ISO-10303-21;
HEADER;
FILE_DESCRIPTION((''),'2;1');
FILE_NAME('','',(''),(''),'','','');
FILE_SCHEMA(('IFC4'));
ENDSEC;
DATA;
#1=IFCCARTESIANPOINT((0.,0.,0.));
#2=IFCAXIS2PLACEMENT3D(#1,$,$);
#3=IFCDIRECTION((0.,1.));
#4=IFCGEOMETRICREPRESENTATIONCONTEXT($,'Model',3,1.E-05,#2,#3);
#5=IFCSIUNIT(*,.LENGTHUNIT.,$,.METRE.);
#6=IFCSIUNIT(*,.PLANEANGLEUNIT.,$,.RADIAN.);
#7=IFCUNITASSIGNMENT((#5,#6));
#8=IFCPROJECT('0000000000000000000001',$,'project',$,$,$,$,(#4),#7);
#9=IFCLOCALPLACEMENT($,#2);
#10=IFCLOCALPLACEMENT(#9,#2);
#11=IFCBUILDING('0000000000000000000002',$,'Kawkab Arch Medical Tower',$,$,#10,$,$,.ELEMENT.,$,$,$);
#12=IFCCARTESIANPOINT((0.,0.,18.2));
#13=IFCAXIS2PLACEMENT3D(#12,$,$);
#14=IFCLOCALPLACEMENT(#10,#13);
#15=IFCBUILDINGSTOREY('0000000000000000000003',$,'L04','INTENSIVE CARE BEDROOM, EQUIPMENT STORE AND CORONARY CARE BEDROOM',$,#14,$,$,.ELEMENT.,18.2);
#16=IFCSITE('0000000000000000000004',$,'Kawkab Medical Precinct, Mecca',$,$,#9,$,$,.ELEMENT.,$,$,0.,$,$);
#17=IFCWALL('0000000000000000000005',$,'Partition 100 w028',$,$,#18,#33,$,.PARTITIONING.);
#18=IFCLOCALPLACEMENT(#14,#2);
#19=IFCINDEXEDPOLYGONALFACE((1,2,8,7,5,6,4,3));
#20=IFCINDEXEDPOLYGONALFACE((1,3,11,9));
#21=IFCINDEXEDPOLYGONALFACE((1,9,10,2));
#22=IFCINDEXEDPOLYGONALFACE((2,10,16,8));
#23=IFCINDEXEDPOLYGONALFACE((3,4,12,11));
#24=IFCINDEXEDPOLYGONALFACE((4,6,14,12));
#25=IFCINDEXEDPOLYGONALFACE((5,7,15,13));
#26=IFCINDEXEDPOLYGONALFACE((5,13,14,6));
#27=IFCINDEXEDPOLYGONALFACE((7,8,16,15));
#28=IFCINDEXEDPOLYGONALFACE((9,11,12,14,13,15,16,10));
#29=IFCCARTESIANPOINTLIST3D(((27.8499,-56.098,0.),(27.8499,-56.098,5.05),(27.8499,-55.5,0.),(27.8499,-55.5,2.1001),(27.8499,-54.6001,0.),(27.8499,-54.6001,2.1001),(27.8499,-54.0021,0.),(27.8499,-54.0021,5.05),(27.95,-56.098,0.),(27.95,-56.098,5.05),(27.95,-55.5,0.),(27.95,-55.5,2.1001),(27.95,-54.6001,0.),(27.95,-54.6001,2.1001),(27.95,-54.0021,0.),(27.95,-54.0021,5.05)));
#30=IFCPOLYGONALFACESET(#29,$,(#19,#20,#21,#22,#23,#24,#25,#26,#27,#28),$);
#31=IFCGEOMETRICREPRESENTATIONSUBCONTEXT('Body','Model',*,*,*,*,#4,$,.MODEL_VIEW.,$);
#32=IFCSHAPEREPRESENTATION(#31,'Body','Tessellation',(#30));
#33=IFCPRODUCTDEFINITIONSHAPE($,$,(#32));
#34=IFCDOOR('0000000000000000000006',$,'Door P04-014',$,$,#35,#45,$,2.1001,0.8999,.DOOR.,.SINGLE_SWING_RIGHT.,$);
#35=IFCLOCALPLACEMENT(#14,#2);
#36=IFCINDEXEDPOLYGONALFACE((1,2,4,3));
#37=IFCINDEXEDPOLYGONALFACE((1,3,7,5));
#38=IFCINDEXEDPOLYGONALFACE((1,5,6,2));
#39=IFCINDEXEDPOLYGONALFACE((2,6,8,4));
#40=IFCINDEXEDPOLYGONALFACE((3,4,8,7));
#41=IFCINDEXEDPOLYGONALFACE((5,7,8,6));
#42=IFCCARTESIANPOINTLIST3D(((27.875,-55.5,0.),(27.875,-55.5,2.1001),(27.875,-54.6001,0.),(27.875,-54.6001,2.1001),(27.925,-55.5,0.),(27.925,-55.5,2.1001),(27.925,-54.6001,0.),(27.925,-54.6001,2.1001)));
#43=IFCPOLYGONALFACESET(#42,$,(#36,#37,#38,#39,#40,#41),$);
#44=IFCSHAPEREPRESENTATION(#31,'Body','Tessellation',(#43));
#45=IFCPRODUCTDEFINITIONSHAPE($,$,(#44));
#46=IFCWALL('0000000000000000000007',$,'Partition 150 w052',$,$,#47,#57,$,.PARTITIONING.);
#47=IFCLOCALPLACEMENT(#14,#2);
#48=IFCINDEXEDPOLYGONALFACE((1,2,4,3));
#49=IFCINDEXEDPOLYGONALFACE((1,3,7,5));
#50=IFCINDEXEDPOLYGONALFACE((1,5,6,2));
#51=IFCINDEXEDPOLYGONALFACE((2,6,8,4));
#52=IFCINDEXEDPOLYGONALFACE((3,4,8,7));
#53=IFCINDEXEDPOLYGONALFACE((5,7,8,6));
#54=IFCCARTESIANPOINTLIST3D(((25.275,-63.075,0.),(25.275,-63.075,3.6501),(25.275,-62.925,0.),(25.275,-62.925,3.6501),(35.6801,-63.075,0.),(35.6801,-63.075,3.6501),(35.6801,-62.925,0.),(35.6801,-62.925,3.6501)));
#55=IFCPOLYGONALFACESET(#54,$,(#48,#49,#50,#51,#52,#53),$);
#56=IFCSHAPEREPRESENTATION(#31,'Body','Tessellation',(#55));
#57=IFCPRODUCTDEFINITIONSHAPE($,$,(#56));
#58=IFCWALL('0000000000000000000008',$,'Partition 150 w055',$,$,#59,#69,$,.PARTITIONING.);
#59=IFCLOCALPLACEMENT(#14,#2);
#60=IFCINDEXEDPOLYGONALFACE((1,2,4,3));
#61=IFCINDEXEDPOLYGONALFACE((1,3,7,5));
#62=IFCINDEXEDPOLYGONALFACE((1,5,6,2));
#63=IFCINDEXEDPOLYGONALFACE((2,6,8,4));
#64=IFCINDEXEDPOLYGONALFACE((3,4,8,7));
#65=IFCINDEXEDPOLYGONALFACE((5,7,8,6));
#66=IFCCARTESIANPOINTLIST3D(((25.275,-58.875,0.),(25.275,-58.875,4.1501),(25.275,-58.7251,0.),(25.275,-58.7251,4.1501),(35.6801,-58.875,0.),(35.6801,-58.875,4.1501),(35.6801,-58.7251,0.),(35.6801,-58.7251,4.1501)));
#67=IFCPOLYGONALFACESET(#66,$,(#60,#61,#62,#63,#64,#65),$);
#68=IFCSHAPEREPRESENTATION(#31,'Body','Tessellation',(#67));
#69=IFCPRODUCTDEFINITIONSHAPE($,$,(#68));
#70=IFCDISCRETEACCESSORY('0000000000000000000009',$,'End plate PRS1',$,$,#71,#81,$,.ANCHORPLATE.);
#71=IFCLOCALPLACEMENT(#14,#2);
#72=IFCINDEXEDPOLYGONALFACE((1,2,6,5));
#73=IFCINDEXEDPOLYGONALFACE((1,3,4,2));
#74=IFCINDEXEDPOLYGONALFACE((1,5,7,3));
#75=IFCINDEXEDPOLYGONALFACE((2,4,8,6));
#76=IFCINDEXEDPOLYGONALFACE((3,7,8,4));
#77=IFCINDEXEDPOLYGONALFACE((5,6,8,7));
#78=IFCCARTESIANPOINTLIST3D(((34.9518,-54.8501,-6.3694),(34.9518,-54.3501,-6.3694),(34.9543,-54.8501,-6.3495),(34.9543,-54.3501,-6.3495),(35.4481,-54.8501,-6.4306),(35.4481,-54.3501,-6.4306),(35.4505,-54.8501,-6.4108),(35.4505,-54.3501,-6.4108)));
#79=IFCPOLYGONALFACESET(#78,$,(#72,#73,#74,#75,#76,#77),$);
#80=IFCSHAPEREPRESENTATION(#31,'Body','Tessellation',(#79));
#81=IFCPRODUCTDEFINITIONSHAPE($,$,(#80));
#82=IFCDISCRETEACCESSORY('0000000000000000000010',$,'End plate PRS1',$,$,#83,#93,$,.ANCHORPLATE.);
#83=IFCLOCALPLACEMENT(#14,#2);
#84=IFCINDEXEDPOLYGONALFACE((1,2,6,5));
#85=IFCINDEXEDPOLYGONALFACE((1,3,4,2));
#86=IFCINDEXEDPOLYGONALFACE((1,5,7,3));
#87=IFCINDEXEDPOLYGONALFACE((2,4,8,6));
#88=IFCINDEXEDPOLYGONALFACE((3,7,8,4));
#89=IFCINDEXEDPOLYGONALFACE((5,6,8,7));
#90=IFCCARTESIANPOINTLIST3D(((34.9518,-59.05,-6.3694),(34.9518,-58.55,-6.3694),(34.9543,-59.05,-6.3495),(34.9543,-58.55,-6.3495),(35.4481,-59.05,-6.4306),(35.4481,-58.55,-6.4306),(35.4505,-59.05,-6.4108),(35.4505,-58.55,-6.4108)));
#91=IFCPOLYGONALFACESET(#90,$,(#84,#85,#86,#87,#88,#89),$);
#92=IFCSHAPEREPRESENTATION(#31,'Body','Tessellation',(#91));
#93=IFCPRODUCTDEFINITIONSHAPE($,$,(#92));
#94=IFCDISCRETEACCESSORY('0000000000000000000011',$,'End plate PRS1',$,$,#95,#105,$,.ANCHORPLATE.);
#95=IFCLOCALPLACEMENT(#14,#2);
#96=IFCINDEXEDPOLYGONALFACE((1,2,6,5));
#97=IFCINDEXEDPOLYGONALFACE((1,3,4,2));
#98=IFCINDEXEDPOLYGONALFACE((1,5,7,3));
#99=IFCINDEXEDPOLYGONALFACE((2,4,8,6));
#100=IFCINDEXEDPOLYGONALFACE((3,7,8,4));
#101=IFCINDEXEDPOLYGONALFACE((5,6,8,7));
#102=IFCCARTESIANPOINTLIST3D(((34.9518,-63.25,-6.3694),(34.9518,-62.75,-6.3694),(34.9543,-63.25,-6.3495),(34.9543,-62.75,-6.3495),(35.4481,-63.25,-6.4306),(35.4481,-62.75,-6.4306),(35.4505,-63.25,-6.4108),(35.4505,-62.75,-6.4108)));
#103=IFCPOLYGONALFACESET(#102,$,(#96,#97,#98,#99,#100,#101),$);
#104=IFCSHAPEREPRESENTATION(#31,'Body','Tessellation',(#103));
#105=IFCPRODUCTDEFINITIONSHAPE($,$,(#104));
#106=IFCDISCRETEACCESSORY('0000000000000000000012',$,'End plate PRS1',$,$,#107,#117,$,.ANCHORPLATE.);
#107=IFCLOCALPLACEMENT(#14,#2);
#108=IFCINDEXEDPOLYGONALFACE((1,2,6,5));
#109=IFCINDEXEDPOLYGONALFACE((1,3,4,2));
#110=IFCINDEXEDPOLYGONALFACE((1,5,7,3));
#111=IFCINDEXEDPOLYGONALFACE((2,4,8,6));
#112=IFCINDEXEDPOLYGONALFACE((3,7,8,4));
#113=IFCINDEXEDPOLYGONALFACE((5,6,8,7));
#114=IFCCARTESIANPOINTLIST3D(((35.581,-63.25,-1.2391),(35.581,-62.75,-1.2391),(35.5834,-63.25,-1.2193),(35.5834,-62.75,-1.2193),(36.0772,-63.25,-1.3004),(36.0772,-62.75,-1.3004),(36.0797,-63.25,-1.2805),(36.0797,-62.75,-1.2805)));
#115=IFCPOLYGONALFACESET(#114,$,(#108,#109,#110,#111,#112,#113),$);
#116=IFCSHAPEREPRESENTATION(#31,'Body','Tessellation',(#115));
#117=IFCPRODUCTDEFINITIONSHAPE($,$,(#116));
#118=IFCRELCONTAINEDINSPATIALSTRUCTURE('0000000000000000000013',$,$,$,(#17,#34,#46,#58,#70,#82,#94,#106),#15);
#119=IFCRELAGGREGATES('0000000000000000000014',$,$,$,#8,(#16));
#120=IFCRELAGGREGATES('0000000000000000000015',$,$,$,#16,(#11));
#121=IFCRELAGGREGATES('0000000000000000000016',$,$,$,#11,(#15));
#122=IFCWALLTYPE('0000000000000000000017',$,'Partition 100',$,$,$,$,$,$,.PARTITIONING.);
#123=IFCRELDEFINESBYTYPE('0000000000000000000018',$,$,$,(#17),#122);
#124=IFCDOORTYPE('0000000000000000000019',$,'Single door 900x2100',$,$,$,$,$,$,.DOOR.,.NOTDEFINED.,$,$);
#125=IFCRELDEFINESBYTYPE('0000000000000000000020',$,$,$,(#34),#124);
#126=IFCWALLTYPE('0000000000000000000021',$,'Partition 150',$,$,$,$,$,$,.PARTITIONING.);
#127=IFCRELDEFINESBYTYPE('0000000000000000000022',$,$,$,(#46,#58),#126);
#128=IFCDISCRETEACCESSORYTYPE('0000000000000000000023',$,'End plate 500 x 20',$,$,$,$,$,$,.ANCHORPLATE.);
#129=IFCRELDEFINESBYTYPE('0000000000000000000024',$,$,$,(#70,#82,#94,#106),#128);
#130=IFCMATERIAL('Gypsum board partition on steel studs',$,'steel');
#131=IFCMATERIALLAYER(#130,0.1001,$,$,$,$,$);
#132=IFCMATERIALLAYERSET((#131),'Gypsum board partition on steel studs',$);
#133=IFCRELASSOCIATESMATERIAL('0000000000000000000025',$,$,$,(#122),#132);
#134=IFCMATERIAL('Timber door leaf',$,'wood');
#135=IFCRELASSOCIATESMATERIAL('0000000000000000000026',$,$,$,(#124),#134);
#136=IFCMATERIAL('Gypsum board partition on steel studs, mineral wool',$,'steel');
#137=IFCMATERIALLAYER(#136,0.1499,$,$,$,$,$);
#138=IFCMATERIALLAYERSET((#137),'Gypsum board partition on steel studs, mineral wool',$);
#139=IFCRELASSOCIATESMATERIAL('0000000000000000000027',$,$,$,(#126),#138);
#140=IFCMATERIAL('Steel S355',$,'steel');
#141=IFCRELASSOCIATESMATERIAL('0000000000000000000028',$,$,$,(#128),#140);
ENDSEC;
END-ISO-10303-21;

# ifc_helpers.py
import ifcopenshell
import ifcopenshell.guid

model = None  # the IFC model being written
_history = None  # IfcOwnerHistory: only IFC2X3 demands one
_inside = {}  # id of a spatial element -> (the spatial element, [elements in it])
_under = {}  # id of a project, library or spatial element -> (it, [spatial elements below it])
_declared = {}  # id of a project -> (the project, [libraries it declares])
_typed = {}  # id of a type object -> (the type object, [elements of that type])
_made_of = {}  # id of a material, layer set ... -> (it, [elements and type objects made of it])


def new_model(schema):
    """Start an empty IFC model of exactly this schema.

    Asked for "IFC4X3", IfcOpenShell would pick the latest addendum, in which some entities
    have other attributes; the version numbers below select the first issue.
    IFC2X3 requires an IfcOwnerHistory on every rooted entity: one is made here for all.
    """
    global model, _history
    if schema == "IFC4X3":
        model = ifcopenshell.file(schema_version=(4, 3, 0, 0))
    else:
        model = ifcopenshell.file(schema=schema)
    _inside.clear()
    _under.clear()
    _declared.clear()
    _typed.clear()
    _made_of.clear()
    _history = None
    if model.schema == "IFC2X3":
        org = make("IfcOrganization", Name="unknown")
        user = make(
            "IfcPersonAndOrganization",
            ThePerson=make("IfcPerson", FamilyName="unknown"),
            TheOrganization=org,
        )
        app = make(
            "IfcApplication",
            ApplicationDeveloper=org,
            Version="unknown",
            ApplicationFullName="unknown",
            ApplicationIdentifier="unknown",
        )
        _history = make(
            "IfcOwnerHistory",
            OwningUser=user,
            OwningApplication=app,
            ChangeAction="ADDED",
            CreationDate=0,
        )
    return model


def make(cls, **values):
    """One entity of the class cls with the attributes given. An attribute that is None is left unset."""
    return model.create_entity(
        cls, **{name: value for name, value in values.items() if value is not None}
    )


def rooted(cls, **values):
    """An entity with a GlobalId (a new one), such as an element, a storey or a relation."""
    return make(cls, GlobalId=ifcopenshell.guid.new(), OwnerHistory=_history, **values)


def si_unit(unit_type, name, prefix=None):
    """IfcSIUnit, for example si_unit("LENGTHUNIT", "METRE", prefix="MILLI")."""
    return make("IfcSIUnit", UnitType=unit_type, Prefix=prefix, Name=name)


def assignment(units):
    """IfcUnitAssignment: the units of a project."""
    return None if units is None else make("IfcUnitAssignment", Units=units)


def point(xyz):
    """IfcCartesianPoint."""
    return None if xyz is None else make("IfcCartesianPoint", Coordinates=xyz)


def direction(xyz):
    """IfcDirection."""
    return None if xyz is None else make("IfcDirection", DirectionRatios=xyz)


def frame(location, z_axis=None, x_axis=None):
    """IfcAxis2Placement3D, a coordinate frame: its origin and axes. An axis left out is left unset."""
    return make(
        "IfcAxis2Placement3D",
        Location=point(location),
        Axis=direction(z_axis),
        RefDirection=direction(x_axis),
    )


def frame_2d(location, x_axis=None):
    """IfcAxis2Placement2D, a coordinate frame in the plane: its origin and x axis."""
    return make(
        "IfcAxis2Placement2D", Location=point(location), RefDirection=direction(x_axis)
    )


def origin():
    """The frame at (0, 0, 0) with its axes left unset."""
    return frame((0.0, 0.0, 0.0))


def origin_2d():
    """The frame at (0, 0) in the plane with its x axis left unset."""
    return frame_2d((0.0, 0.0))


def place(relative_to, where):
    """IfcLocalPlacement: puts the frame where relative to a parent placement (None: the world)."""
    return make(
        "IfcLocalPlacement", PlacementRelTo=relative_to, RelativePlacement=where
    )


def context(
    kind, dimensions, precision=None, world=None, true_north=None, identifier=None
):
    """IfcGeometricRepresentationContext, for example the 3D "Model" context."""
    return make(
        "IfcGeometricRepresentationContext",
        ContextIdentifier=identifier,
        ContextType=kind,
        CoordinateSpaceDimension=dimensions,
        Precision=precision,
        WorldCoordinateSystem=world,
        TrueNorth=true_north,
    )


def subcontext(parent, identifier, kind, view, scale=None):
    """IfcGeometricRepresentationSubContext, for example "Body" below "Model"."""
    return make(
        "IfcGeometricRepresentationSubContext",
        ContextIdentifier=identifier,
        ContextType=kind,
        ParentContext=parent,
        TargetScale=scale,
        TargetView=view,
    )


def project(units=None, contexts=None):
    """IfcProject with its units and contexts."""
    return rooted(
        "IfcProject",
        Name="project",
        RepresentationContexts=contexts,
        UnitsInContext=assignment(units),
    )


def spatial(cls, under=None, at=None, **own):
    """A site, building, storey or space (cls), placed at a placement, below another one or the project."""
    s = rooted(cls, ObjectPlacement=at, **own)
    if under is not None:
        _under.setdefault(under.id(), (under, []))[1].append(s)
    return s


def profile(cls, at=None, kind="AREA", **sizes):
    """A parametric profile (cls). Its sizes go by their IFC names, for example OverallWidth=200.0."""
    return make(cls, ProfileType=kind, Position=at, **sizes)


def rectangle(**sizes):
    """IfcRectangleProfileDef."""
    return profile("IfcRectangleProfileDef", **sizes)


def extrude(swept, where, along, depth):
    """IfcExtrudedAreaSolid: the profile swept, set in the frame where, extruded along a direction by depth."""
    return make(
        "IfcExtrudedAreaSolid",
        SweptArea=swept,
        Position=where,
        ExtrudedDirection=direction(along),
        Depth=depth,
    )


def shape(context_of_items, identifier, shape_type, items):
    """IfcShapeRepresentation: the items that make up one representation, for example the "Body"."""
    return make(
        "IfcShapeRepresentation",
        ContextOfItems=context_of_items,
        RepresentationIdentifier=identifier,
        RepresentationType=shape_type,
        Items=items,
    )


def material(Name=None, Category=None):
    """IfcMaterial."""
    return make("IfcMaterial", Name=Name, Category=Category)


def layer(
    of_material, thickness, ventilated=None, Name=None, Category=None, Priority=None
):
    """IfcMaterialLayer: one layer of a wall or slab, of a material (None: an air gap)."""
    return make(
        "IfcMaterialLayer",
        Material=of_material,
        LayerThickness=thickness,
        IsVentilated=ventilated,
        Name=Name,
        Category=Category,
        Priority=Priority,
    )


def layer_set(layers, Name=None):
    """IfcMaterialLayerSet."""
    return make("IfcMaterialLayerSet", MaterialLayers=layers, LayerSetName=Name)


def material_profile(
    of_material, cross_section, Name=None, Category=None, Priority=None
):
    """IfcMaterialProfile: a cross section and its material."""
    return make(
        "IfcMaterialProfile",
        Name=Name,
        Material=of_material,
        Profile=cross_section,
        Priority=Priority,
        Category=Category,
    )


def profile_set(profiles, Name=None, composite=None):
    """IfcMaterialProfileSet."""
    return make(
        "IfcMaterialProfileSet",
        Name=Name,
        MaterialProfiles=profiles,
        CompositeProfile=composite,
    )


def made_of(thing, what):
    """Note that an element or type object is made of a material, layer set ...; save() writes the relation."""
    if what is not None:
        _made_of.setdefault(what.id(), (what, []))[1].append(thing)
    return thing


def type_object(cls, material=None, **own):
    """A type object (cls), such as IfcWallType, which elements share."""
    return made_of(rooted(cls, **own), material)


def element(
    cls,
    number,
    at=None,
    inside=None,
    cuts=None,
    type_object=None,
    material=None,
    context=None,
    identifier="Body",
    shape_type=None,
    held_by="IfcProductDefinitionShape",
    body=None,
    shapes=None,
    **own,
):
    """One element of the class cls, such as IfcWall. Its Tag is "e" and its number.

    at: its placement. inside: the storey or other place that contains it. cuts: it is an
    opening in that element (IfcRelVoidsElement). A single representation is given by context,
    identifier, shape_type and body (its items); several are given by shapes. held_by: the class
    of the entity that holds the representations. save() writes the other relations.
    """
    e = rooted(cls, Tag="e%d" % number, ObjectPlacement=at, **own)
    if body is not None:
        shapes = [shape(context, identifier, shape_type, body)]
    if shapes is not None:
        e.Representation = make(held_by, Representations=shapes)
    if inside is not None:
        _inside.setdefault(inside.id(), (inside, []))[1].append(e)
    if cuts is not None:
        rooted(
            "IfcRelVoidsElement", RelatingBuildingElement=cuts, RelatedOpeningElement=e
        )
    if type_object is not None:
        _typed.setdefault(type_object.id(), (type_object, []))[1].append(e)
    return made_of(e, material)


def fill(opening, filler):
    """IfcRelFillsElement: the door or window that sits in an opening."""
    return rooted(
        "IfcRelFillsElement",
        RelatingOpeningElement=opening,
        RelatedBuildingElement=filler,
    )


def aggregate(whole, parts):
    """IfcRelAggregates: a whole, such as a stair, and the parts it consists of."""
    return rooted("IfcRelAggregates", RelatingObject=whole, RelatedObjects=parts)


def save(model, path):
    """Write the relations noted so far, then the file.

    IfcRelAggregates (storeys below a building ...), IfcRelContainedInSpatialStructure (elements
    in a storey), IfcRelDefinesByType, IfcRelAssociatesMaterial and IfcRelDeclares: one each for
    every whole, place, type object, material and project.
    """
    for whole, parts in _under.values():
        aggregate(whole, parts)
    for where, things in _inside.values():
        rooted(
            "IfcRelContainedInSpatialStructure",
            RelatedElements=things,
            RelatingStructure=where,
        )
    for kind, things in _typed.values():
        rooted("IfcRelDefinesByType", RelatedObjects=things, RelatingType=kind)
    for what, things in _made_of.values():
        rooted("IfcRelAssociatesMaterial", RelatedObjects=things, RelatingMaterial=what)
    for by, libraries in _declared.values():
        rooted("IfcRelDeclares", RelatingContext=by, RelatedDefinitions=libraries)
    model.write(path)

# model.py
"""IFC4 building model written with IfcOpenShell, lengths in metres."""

from ifc_helpers import new_model, si_unit, direction, frame, frame_2d, origin, origin_2d, place, context, subcontext, project, spatial, rectangle, extrude, material, layer, layer_set, material_profile, profile_set, type_object, element, fill, save


model = new_model("IFC4")

# Units and contexts
model_context = context("Model", 3, precision=1e-05, world=origin(), true_north=direction((0.0, 1.0)))
body_context = subcontext(model_context, "Body", "Model", "MODEL_VIEW")
ifc_project = project(units=[si_unit("LENGTHUNIT", "METRE"), si_unit("PLANEANGLEUNIT", "RADIAN")], contexts=[model_context])

# Site, building, storey
site_placement = place(None, origin())
site = spatial("IfcSite", under=ifc_project, at=site_placement, Name="Kawkab Medical Precinct, Mecca", CompositionType="ELEMENT", RefElevation=0.0)
building_placement = place(site_placement, origin())
building = spatial("IfcBuilding", under=site, at=building_placement, Name="Kawkab Arch Medical Tower", CompositionType="ELEMENT")
storey_placement = place(building_placement, frame((0.0, 0.0, 18.2)))
storey = spatial("IfcBuildingStorey", under=building, at=storey_placement, Name="L04", Description="INTENSIVE CARE BEDROOM, EQUIPMENT STORE AND CORONARY CARE BEDROOM", CompositionType="ELEMENT", Elevation=18.2)

# Shared definitions
ifc_material_1 = material(Name="Gypsum board partition on steel studs", Category="steel")
ifc_layer_1 = layer(ifc_material_1, 0.1001)
ifc_layer_set_1 = layer_set([ifc_layer_1], Name="Gypsum board partition on steel studs")
wall_type_1 = type_object("IfcWallType", Name="Partition 100", PredefinedType="PARTITIONING", material=ifc_layer_set_1)

# Wall, opening, door
wall_1_placement = place(storey_placement, frame((27.8999, -56.0979, 0.0), z_axis=(0.0, 0.0, 1.0), x_axis=(0.0, 1.0, 0.0)))
wall_1 = element("IfcWall", 1, at=wall_1_placement, inside=storey, type_object=wall_type_1, Name="Partition 100 w028", PredefinedType="PARTITIONING", context=body_context, shape_type="SweptSolid", body=[
    extrude(rectangle(XDim=2.0959, YDim=0.1001, at=frame_2d((1.0479, 0.0))), origin(), (0.0, 0.0, 1.0), 5.05),
])
opening_placement = place(wall_1_placement, frame((0.5979, 0.0, 0.0)))
opening = element("IfcOpeningElement", 2, at=opening_placement, cuts=wall_1, PredefinedType="OPENING", context=body_context, shape_type="SweptSolid", body=[
    extrude(rectangle(XDim=0.8999, YDim=2.1001, at=frame_2d((0.45, 1.05))), frame((0.0, 0.0601, 0.0), z_axis=(0.0, -1.0, 0.0), x_axis=(1.0, 0.0, 0.0)), (0.0, 0.0, 1.0), 0.1201),
])
ifc_material_2 = material(Name="Timber door leaf", Category="wood")
door_type = type_object("IfcDoorType", Name="Single door 900x2100", OperationType="NOTDEFINED", PredefinedType="DOOR", material=ifc_material_2)
door_placement = place(opening_placement, origin())
door = element("IfcDoor", 3, at=door_placement, inside=storey, type_object=door_type, Name="Door P04-014", OperationType="SINGLE_SWING_RIGHT", OverallHeight=2.1001, OverallWidth=0.8999, PredefinedType="DOOR", context=body_context, shape_type="SweptSolid", body=[
    extrude(rectangle(XDim=0.8999, YDim=2.1001, at=frame_2d((0.45, 1.05))), frame((0.0, 0.0249, 0.0), z_axis=(0.0, -1.0, 0.0), x_axis=(1.0, 0.0, 0.0)), (0.0, 0.0, 1.0), 0.05),
])
fill(opening, door)

# Walls
ifc_material_3 = material(Name="Gypsum board partition on steel studs, mineral wool", Category="steel")
ifc_layer_2 = layer(ifc_material_3, 0.1499)
ifc_layer_set_2 = layer_set([ifc_layer_2], Name="Gypsum board partition on steel studs, mineral wool")
wall_type_2 = type_object("IfcWallType", Name="Partition 150", PredefinedType="PARTITIONING", material=ifc_layer_set_2)
wall_2_placement = place(storey_placement, frame((25.2749, -63.0, 0.0), z_axis=(0.0, 0.0, 1.0), x_axis=(1.0, 0.0, 0.0)))
element("IfcWall", 4, at=wall_2_placement, inside=storey, type_object=wall_type_2, Name="Partition 150 w052", PredefinedType="PARTITIONING", context=body_context, shape_type="SweptSolid", body=[
    extrude(rectangle(XDim=10.405, YDim=0.1499, at=frame_2d((5.2026, 0.0))), origin(), (0.0, 0.0, 1.0), 3.6501),
])
wall_3_placement = place(storey_placement, frame((25.2749, -58.8, 0.0), z_axis=(0.0, 0.0, 1.0), x_axis=(1.0, 0.0, 0.0)))
element("IfcWall", 5, at=wall_3_placement, inside=storey, type_object=wall_type_2, Name="Partition 150 w055", PredefinedType="PARTITIONING", context=body_context, shape_type="SweptSolid", body=[
    extrude(rectangle(XDim=10.405, YDim=0.1499, at=frame_2d((5.2026, 0.0))), origin(), (0.0, 0.0, 1.0), 4.1501),
])

# Discrete accessories
ifc_material_4 = material(Name="Steel S355", Category="steel")
ifc_material_profile_1 = material_profile(ifc_material_4, rectangle(XDim=0.5, YDim=0.5, at=origin_2d()), Name="End plate 500 x 20")
ifc_profile_set_1 = profile_set([ifc_material_profile_1], Name="Steel S355")
discrete_accessory_type = type_object("IfcDiscreteAccessoryType", Name="End plate 500 x 20", PredefinedType="ANCHORPLATE", material=ifc_profile_set_1)
for number, where, z_axis, x_axis, name in (
    (6, (35.2024, -54.6001, -6.3801), (-0.122527, 0.0, -0.992465), (0.0, -1.0, 0.0), "End plate PRS1"),
    (7, (35.2024, -58.8, -6.3801), (-0.122527, 0.0, -0.992465), (0.0, -1.0, 0.0), "End plate PRS1"),
    (8, (35.2024, -63.0, -6.3801), (-0.122527, 0.0, -0.992465), (0.0, -1.0, 0.0), "End plate PRS1"),
    (9, (35.8291, -63.0, -1.2698), (0.122527, 0.0, 0.992465), (0.0, 1.0, 0.0), "End plate PRS1"),
):
    element("IfcDiscreteAccessory", number, at=place(storey_placement, frame(where, z_axis=z_axis, x_axis=x_axis)), inside=storey, type_object=discrete_accessory_type, Name=name, PredefinedType="ANCHORPLATE", context=body_context, shape_type="SweptSolid", body=[
        extrude(rectangle(XDim=0.5, YDim=0.5, at=origin_2d()), origin(), (0.0, 0.0, 1.0), 0.02),
    ])

save(model, "model.ifc")
